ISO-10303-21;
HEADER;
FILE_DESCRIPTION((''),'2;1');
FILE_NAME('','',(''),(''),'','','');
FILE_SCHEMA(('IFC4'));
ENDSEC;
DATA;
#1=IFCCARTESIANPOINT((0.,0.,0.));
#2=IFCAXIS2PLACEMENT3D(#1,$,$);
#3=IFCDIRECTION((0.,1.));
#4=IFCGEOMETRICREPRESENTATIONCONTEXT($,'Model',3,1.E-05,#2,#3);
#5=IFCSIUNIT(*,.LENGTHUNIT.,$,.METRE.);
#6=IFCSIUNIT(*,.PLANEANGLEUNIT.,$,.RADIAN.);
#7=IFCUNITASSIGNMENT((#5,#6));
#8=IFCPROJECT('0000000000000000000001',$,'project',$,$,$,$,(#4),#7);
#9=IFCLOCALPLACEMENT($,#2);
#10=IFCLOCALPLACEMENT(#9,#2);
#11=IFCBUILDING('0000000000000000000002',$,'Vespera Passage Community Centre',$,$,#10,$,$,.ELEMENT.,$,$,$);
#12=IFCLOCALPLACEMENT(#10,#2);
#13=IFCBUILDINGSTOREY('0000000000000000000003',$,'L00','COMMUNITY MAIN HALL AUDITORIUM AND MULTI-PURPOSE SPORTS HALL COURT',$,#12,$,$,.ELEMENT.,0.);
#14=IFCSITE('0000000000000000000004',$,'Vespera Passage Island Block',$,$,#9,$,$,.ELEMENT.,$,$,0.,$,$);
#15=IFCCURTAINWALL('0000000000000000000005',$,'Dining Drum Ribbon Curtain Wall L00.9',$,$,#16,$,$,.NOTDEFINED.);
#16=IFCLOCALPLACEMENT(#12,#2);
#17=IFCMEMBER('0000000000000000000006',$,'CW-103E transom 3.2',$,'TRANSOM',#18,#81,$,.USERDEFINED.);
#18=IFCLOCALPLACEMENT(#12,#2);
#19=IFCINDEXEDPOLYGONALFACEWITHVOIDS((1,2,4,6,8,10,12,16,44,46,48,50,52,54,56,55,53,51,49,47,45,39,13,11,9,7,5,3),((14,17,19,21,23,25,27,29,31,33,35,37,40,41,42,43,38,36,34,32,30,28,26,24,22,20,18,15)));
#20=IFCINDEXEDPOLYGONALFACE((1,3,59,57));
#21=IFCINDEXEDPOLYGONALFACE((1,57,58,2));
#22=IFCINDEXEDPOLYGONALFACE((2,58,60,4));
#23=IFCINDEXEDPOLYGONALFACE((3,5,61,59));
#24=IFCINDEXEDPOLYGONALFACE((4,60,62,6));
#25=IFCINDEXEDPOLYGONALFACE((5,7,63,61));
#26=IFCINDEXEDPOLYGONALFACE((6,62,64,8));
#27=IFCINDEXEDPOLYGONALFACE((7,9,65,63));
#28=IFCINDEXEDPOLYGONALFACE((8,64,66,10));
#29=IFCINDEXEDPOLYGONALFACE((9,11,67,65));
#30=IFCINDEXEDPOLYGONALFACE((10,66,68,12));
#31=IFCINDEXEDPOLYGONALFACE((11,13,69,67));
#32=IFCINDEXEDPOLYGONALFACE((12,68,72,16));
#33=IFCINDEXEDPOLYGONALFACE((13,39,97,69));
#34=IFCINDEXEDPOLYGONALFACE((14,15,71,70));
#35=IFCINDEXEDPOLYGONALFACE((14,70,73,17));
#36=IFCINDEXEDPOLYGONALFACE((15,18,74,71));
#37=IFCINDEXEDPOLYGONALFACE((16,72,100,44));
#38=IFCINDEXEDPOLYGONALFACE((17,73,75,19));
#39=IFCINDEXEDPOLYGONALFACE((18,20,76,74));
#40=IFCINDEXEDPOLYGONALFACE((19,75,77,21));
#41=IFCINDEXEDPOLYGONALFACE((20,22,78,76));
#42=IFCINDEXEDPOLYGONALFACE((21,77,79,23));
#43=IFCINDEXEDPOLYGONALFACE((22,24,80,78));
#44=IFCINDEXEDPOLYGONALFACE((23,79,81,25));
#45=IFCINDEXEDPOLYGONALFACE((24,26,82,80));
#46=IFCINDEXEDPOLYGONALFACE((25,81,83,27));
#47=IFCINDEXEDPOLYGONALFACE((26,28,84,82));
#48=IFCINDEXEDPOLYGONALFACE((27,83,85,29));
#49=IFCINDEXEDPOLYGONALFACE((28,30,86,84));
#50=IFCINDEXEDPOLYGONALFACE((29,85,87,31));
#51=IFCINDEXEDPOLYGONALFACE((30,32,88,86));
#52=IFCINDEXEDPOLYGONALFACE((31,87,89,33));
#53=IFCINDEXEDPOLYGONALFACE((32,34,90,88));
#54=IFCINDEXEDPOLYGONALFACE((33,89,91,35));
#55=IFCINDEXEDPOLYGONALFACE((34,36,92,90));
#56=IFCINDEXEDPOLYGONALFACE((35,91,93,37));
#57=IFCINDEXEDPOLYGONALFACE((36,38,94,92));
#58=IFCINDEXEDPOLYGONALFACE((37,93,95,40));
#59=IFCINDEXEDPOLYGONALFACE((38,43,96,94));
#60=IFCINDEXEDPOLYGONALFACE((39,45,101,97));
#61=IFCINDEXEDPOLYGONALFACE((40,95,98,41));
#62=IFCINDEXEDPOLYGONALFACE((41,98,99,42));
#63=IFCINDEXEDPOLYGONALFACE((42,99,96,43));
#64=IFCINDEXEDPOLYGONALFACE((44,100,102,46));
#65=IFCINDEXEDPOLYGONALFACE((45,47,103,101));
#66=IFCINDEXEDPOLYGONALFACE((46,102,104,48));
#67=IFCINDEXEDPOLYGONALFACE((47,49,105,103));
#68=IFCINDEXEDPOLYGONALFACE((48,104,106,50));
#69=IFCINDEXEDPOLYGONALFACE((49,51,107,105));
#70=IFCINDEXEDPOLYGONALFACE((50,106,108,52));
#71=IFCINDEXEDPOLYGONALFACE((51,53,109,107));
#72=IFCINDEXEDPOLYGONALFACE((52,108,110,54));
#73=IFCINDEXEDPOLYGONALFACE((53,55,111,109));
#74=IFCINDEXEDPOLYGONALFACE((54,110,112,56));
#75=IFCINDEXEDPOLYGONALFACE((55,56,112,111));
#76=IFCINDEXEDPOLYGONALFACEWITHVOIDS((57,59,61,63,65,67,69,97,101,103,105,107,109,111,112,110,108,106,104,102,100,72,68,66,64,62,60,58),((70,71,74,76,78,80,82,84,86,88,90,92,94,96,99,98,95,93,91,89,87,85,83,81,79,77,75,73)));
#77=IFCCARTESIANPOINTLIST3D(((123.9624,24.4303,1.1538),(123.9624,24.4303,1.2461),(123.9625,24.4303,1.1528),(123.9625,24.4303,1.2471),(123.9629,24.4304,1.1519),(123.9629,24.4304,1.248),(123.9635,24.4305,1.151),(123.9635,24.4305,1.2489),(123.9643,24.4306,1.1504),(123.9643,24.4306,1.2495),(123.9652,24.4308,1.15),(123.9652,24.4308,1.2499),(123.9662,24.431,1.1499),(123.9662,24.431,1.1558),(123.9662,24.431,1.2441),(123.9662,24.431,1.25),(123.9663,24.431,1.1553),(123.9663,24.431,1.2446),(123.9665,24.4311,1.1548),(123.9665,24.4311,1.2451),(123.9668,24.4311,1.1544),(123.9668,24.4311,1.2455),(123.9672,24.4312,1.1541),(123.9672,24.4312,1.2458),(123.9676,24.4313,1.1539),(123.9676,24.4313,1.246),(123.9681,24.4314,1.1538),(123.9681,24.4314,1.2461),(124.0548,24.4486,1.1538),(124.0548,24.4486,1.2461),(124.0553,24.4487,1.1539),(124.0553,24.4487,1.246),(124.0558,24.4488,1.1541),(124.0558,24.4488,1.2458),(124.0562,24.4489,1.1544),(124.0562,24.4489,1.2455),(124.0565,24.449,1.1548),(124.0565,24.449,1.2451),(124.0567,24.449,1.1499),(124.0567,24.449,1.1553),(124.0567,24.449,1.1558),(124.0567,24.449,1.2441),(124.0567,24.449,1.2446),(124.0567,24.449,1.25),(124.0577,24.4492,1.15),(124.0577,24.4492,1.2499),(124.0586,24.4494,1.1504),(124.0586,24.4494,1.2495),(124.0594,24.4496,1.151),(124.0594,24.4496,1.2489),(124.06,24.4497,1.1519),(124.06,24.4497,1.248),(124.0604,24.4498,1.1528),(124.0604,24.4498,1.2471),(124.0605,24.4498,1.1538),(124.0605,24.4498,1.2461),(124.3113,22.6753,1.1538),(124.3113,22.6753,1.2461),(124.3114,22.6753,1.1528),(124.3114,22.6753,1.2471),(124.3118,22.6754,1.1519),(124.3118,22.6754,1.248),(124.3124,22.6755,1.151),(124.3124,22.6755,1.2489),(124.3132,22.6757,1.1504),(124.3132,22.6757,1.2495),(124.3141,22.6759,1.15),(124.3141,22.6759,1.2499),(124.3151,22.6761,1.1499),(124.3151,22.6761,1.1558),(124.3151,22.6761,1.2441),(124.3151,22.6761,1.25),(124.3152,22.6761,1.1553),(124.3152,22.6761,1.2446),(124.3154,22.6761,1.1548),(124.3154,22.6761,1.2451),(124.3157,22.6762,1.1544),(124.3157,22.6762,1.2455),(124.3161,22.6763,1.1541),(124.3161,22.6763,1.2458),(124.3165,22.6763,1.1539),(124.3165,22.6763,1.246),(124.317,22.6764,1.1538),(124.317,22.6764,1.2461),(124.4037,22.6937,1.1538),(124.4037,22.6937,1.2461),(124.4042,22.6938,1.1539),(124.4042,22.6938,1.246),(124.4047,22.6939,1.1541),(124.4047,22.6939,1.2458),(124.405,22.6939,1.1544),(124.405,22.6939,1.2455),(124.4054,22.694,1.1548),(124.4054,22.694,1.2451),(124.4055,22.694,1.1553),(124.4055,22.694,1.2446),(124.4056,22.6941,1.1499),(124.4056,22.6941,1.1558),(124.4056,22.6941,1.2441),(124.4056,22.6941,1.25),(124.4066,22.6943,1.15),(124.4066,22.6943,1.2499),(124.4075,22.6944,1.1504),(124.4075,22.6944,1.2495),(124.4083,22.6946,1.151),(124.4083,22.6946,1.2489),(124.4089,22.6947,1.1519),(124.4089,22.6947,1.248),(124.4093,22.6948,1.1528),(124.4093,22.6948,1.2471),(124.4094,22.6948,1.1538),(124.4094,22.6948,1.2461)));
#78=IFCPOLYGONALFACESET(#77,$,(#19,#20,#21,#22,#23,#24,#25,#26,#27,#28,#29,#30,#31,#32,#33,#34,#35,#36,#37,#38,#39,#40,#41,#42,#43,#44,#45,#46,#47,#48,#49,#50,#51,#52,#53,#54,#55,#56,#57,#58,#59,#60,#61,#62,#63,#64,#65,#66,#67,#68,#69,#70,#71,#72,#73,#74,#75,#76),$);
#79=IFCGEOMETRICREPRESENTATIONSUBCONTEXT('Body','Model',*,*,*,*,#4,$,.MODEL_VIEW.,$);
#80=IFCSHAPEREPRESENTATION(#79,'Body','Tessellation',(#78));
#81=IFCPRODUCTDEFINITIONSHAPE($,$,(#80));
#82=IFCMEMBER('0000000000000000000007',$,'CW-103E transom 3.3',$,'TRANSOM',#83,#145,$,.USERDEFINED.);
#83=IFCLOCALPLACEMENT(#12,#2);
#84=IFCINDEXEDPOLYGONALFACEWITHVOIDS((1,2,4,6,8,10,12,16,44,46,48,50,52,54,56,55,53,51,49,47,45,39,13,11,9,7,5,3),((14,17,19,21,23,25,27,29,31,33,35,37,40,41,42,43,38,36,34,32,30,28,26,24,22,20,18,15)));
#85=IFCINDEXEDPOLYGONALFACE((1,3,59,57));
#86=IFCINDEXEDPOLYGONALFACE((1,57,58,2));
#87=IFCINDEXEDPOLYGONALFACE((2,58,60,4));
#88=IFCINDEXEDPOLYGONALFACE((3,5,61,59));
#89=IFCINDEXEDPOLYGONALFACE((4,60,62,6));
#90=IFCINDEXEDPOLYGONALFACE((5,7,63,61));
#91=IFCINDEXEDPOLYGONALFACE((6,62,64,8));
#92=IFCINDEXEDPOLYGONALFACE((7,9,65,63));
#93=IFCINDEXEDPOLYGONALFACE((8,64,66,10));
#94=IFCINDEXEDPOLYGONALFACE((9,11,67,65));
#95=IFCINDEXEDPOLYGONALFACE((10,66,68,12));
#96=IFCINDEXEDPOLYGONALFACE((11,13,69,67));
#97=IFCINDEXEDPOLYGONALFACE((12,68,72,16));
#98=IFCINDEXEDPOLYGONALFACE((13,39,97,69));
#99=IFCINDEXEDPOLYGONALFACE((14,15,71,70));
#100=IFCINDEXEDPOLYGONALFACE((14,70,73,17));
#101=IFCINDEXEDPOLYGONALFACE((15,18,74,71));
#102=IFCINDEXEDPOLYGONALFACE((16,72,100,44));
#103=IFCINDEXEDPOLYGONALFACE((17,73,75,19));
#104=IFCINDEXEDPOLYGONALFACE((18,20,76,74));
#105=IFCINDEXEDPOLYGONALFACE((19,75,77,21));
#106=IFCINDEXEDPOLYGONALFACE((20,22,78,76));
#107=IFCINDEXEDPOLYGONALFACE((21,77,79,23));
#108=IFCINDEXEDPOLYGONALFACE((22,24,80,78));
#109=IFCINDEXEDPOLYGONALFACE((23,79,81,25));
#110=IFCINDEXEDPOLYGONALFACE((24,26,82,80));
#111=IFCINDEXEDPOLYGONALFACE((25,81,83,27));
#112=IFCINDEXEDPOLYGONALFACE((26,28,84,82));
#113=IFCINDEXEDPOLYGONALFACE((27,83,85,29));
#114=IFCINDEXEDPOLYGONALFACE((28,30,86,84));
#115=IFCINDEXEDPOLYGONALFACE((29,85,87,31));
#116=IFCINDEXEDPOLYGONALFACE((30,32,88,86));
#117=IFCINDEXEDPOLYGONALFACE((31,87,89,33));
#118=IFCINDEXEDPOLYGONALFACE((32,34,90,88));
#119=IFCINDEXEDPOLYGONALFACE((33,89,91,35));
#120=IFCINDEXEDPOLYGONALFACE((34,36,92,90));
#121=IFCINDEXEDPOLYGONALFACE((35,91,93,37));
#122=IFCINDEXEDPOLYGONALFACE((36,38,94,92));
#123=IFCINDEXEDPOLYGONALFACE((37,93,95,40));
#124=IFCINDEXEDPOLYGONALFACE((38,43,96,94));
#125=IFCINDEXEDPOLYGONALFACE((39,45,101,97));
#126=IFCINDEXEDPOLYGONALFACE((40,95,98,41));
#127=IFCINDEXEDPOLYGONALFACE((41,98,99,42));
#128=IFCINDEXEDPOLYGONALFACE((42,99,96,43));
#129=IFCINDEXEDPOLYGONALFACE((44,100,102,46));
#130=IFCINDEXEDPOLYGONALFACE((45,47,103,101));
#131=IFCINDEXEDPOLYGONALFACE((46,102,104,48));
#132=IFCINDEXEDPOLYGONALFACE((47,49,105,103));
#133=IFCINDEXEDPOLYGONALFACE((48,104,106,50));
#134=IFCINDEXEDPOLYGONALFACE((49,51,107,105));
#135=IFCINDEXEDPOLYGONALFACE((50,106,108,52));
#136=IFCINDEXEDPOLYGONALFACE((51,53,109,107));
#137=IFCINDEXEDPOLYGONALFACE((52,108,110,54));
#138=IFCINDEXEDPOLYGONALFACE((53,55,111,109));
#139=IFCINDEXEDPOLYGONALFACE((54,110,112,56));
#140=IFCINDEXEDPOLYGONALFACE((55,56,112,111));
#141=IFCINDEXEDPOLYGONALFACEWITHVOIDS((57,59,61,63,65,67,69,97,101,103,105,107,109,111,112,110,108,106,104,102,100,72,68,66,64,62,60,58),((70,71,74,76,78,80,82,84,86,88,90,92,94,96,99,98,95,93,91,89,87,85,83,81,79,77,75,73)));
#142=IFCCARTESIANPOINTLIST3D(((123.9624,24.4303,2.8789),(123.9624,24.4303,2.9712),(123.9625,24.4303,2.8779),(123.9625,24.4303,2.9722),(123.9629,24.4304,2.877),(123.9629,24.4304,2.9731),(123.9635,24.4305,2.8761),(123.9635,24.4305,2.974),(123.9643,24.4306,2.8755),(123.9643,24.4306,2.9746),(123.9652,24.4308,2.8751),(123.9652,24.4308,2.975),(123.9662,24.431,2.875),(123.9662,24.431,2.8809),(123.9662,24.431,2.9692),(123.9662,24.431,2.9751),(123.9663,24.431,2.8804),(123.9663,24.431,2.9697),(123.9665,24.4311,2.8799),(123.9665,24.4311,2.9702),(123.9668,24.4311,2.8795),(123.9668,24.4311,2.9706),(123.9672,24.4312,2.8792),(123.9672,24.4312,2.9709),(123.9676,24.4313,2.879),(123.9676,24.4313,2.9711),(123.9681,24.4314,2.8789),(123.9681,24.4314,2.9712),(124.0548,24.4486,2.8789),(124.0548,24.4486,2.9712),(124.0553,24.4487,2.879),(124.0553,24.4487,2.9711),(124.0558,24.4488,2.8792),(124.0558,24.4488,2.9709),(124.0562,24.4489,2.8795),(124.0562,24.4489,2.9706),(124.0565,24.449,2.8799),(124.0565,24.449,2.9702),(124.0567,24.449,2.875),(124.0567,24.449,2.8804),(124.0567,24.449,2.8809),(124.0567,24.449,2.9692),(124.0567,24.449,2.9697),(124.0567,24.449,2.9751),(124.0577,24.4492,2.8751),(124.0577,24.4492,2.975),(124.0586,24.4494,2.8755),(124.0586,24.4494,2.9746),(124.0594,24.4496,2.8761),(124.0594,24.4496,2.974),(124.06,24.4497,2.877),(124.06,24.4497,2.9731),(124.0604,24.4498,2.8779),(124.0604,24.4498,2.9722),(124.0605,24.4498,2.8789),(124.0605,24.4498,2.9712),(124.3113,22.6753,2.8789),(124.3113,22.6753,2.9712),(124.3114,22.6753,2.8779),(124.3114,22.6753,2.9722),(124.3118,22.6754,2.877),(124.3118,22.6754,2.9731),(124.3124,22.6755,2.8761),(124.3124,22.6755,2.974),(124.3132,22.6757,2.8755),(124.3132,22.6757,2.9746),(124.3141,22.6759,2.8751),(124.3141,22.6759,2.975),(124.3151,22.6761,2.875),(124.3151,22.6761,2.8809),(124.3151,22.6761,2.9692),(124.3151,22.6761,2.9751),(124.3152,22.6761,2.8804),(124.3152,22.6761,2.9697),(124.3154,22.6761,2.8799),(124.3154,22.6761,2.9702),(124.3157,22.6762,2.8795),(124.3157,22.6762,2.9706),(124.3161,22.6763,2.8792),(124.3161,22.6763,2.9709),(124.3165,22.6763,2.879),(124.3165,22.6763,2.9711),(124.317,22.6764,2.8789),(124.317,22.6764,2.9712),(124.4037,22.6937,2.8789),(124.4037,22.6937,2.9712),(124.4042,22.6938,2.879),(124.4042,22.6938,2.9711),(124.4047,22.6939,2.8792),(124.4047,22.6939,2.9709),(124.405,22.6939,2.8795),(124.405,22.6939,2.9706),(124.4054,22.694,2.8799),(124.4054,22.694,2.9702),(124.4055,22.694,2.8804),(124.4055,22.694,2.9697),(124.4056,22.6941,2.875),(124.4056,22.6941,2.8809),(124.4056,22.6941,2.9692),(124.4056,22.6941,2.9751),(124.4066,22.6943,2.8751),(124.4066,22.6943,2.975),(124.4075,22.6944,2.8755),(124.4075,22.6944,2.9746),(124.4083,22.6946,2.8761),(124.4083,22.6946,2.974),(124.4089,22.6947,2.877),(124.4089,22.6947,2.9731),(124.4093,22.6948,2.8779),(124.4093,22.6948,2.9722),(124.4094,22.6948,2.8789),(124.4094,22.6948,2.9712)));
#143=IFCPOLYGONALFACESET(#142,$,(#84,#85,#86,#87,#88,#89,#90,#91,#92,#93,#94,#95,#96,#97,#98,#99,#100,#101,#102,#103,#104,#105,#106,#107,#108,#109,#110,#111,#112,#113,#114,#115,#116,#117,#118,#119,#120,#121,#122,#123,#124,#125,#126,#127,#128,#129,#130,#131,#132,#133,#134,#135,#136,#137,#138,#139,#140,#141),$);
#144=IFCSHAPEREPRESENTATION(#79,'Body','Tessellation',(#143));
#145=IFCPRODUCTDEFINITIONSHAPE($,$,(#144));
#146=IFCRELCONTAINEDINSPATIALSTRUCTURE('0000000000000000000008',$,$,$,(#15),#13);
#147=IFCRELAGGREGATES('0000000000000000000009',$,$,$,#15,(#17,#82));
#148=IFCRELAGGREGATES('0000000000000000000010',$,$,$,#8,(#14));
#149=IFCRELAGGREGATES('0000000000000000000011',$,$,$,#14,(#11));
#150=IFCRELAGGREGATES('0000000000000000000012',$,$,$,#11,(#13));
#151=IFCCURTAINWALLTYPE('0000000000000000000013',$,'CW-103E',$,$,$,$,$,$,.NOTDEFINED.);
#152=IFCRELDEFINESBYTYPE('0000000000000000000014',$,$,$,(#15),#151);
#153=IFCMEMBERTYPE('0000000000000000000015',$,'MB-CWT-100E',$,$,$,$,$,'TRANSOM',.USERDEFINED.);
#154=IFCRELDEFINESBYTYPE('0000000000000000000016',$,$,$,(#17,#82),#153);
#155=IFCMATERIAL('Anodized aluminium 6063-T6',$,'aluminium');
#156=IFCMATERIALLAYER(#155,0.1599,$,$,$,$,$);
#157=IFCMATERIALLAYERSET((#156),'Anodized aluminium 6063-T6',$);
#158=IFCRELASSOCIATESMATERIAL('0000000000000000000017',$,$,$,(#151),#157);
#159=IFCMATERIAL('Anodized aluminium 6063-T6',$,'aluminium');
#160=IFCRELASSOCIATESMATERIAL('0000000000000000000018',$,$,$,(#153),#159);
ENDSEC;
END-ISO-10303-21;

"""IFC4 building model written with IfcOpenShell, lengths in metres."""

from ifc_helpers import new_model, si_unit, direction, frame, origin, origin_2d, place, context, subcontext, project, spatial, hollow_rectangle, extrude, material, layer, layer_set, material_profile, profile_set, type_object, element, aggregate, save


model = new_model("IFC4")

# Units and contexts
model_context = context("Model", 3, precision=1e-05, world=origin(), true_north=direction((0.0, 1.0)))
body_context = subcontext(model_context, "Body", "Model", "MODEL_VIEW")
ifc_project = project(units=[si_unit("LENGTHUNIT", "METRE"), si_unit("PLANEANGLEUNIT", "RADIAN")], contexts=[model_context])

# Site, building, storey
site_placement = place(None, origin())
site = spatial("IfcSite", under=ifc_project, at=site_placement, Name="Vespera Passage Island Block", CompositionType="ELEMENT", RefElevation=0.0)
building_placement = place(site_placement, origin())
building = spatial("IfcBuilding", under=site, at=building_placement, Name="Vespera Passage Community Centre", CompositionType="ELEMENT")
storey_placement = place(building_placement, origin())
storey = spatial("IfcBuildingStorey", under=building, at=storey_placement, Name="L00", Description="COMMUNITY MAIN HALL AUDITORIUM AND MULTI-PURPOSE SPORTS HALL COURT", CompositionType="ELEMENT", Elevation=0.0)

# Curtain wall
ifc_material_1 = material(Name="Anodized aluminium 6063-T6", Category="aluminium")
ifc_layer_1 = layer(ifc_material_1, 0.1599)
ifc_layer_set_1 = layer_set([ifc_layer_1], Name="Anodized aluminium 6063-T6")
curtain_wall_type_1 = type_object("IfcCurtainWallType", Name="CW-103E", PredefinedType="NOTDEFINED", material=ifc_layer_set_1)
curtain_wall_1_placement = place(storey_placement, origin())
curtain_wall_1 = element("IfcCurtainWall", 1, at=curtain_wall_1_placement, inside=storey, type_object=curtain_wall_type_1, Name="Dining Drum Ribbon Curtain Wall L00.9", PredefinedType="NOTDEFINED")

# Members
ifc_material_2 = material(Name="Anodized aluminium 6063-T6", Category="aluminium")
ifc_material_profile_1 = material_profile(ifc_material_2, hollow_rectangle(XDim=0.1001, YDim=0.1001, WallThickness=0.0039, InnerFilletRadius=0.002, OuterFilletRadius=0.0039, at=origin_2d()), Name="ALU100X100X4")
ifc_profile_set_1 = profile_set([ifc_material_profile_1], Name="Anodized aluminium 6063-T6")
member_type_1 = type_object("IfcMemberType", Name="MB-CWT-100E", ElementType="TRANSOM", PredefinedType="USERDEFINED", material=ifc_profile_set_1)
member_1_placement = place(storey_placement, frame((124.3604, 22.6851, 1.2), z_axis=(-0.194988, 0.980806, 0.0), x_axis=(-0.980806, -0.194988, 0.0)))
member_1 = element("IfcMember", 2, at=member_1_placement, type_object=member_type_1, Name="CW-103E transom 3.2", ObjectType="TRANSOM", PredefinedType="USERDEFINED", context=body_context, shape_type="SweptSolid", body=[
    extrude(hollow_rectangle(XDim=0.1001, YDim=0.1001, WallThickness=0.0039, InnerFilletRadius=0.002, OuterFilletRadius=0.0039, at=origin_2d()), origin(), (0.0, 0.0, 1.0), 1.7893),
])
member_2_placement = place(storey_placement, frame((124.3604, 22.6851, 2.925), z_axis=(-0.194988, 0.980806, 0.0), x_axis=(-0.980806, -0.194988, 0.0)))
member_2 = element("IfcMember", 3, at=member_2_placement, type_object=member_type_1, Name="CW-103E transom 3.3", ObjectType="TRANSOM", PredefinedType="USERDEFINED", context=body_context, shape_type="SweptSolid", body=[
    extrude(hollow_rectangle(XDim=0.1001, YDim=0.1001, WallThickness=0.0039, InnerFilletRadius=0.002, OuterFilletRadius=0.0039, at=origin_2d()), origin(), (0.0, 0.0, 1.0), 1.7893),
])

aggregate(curtain_wall_1, [member_1, member_2])

save(model, "model.ifc")
